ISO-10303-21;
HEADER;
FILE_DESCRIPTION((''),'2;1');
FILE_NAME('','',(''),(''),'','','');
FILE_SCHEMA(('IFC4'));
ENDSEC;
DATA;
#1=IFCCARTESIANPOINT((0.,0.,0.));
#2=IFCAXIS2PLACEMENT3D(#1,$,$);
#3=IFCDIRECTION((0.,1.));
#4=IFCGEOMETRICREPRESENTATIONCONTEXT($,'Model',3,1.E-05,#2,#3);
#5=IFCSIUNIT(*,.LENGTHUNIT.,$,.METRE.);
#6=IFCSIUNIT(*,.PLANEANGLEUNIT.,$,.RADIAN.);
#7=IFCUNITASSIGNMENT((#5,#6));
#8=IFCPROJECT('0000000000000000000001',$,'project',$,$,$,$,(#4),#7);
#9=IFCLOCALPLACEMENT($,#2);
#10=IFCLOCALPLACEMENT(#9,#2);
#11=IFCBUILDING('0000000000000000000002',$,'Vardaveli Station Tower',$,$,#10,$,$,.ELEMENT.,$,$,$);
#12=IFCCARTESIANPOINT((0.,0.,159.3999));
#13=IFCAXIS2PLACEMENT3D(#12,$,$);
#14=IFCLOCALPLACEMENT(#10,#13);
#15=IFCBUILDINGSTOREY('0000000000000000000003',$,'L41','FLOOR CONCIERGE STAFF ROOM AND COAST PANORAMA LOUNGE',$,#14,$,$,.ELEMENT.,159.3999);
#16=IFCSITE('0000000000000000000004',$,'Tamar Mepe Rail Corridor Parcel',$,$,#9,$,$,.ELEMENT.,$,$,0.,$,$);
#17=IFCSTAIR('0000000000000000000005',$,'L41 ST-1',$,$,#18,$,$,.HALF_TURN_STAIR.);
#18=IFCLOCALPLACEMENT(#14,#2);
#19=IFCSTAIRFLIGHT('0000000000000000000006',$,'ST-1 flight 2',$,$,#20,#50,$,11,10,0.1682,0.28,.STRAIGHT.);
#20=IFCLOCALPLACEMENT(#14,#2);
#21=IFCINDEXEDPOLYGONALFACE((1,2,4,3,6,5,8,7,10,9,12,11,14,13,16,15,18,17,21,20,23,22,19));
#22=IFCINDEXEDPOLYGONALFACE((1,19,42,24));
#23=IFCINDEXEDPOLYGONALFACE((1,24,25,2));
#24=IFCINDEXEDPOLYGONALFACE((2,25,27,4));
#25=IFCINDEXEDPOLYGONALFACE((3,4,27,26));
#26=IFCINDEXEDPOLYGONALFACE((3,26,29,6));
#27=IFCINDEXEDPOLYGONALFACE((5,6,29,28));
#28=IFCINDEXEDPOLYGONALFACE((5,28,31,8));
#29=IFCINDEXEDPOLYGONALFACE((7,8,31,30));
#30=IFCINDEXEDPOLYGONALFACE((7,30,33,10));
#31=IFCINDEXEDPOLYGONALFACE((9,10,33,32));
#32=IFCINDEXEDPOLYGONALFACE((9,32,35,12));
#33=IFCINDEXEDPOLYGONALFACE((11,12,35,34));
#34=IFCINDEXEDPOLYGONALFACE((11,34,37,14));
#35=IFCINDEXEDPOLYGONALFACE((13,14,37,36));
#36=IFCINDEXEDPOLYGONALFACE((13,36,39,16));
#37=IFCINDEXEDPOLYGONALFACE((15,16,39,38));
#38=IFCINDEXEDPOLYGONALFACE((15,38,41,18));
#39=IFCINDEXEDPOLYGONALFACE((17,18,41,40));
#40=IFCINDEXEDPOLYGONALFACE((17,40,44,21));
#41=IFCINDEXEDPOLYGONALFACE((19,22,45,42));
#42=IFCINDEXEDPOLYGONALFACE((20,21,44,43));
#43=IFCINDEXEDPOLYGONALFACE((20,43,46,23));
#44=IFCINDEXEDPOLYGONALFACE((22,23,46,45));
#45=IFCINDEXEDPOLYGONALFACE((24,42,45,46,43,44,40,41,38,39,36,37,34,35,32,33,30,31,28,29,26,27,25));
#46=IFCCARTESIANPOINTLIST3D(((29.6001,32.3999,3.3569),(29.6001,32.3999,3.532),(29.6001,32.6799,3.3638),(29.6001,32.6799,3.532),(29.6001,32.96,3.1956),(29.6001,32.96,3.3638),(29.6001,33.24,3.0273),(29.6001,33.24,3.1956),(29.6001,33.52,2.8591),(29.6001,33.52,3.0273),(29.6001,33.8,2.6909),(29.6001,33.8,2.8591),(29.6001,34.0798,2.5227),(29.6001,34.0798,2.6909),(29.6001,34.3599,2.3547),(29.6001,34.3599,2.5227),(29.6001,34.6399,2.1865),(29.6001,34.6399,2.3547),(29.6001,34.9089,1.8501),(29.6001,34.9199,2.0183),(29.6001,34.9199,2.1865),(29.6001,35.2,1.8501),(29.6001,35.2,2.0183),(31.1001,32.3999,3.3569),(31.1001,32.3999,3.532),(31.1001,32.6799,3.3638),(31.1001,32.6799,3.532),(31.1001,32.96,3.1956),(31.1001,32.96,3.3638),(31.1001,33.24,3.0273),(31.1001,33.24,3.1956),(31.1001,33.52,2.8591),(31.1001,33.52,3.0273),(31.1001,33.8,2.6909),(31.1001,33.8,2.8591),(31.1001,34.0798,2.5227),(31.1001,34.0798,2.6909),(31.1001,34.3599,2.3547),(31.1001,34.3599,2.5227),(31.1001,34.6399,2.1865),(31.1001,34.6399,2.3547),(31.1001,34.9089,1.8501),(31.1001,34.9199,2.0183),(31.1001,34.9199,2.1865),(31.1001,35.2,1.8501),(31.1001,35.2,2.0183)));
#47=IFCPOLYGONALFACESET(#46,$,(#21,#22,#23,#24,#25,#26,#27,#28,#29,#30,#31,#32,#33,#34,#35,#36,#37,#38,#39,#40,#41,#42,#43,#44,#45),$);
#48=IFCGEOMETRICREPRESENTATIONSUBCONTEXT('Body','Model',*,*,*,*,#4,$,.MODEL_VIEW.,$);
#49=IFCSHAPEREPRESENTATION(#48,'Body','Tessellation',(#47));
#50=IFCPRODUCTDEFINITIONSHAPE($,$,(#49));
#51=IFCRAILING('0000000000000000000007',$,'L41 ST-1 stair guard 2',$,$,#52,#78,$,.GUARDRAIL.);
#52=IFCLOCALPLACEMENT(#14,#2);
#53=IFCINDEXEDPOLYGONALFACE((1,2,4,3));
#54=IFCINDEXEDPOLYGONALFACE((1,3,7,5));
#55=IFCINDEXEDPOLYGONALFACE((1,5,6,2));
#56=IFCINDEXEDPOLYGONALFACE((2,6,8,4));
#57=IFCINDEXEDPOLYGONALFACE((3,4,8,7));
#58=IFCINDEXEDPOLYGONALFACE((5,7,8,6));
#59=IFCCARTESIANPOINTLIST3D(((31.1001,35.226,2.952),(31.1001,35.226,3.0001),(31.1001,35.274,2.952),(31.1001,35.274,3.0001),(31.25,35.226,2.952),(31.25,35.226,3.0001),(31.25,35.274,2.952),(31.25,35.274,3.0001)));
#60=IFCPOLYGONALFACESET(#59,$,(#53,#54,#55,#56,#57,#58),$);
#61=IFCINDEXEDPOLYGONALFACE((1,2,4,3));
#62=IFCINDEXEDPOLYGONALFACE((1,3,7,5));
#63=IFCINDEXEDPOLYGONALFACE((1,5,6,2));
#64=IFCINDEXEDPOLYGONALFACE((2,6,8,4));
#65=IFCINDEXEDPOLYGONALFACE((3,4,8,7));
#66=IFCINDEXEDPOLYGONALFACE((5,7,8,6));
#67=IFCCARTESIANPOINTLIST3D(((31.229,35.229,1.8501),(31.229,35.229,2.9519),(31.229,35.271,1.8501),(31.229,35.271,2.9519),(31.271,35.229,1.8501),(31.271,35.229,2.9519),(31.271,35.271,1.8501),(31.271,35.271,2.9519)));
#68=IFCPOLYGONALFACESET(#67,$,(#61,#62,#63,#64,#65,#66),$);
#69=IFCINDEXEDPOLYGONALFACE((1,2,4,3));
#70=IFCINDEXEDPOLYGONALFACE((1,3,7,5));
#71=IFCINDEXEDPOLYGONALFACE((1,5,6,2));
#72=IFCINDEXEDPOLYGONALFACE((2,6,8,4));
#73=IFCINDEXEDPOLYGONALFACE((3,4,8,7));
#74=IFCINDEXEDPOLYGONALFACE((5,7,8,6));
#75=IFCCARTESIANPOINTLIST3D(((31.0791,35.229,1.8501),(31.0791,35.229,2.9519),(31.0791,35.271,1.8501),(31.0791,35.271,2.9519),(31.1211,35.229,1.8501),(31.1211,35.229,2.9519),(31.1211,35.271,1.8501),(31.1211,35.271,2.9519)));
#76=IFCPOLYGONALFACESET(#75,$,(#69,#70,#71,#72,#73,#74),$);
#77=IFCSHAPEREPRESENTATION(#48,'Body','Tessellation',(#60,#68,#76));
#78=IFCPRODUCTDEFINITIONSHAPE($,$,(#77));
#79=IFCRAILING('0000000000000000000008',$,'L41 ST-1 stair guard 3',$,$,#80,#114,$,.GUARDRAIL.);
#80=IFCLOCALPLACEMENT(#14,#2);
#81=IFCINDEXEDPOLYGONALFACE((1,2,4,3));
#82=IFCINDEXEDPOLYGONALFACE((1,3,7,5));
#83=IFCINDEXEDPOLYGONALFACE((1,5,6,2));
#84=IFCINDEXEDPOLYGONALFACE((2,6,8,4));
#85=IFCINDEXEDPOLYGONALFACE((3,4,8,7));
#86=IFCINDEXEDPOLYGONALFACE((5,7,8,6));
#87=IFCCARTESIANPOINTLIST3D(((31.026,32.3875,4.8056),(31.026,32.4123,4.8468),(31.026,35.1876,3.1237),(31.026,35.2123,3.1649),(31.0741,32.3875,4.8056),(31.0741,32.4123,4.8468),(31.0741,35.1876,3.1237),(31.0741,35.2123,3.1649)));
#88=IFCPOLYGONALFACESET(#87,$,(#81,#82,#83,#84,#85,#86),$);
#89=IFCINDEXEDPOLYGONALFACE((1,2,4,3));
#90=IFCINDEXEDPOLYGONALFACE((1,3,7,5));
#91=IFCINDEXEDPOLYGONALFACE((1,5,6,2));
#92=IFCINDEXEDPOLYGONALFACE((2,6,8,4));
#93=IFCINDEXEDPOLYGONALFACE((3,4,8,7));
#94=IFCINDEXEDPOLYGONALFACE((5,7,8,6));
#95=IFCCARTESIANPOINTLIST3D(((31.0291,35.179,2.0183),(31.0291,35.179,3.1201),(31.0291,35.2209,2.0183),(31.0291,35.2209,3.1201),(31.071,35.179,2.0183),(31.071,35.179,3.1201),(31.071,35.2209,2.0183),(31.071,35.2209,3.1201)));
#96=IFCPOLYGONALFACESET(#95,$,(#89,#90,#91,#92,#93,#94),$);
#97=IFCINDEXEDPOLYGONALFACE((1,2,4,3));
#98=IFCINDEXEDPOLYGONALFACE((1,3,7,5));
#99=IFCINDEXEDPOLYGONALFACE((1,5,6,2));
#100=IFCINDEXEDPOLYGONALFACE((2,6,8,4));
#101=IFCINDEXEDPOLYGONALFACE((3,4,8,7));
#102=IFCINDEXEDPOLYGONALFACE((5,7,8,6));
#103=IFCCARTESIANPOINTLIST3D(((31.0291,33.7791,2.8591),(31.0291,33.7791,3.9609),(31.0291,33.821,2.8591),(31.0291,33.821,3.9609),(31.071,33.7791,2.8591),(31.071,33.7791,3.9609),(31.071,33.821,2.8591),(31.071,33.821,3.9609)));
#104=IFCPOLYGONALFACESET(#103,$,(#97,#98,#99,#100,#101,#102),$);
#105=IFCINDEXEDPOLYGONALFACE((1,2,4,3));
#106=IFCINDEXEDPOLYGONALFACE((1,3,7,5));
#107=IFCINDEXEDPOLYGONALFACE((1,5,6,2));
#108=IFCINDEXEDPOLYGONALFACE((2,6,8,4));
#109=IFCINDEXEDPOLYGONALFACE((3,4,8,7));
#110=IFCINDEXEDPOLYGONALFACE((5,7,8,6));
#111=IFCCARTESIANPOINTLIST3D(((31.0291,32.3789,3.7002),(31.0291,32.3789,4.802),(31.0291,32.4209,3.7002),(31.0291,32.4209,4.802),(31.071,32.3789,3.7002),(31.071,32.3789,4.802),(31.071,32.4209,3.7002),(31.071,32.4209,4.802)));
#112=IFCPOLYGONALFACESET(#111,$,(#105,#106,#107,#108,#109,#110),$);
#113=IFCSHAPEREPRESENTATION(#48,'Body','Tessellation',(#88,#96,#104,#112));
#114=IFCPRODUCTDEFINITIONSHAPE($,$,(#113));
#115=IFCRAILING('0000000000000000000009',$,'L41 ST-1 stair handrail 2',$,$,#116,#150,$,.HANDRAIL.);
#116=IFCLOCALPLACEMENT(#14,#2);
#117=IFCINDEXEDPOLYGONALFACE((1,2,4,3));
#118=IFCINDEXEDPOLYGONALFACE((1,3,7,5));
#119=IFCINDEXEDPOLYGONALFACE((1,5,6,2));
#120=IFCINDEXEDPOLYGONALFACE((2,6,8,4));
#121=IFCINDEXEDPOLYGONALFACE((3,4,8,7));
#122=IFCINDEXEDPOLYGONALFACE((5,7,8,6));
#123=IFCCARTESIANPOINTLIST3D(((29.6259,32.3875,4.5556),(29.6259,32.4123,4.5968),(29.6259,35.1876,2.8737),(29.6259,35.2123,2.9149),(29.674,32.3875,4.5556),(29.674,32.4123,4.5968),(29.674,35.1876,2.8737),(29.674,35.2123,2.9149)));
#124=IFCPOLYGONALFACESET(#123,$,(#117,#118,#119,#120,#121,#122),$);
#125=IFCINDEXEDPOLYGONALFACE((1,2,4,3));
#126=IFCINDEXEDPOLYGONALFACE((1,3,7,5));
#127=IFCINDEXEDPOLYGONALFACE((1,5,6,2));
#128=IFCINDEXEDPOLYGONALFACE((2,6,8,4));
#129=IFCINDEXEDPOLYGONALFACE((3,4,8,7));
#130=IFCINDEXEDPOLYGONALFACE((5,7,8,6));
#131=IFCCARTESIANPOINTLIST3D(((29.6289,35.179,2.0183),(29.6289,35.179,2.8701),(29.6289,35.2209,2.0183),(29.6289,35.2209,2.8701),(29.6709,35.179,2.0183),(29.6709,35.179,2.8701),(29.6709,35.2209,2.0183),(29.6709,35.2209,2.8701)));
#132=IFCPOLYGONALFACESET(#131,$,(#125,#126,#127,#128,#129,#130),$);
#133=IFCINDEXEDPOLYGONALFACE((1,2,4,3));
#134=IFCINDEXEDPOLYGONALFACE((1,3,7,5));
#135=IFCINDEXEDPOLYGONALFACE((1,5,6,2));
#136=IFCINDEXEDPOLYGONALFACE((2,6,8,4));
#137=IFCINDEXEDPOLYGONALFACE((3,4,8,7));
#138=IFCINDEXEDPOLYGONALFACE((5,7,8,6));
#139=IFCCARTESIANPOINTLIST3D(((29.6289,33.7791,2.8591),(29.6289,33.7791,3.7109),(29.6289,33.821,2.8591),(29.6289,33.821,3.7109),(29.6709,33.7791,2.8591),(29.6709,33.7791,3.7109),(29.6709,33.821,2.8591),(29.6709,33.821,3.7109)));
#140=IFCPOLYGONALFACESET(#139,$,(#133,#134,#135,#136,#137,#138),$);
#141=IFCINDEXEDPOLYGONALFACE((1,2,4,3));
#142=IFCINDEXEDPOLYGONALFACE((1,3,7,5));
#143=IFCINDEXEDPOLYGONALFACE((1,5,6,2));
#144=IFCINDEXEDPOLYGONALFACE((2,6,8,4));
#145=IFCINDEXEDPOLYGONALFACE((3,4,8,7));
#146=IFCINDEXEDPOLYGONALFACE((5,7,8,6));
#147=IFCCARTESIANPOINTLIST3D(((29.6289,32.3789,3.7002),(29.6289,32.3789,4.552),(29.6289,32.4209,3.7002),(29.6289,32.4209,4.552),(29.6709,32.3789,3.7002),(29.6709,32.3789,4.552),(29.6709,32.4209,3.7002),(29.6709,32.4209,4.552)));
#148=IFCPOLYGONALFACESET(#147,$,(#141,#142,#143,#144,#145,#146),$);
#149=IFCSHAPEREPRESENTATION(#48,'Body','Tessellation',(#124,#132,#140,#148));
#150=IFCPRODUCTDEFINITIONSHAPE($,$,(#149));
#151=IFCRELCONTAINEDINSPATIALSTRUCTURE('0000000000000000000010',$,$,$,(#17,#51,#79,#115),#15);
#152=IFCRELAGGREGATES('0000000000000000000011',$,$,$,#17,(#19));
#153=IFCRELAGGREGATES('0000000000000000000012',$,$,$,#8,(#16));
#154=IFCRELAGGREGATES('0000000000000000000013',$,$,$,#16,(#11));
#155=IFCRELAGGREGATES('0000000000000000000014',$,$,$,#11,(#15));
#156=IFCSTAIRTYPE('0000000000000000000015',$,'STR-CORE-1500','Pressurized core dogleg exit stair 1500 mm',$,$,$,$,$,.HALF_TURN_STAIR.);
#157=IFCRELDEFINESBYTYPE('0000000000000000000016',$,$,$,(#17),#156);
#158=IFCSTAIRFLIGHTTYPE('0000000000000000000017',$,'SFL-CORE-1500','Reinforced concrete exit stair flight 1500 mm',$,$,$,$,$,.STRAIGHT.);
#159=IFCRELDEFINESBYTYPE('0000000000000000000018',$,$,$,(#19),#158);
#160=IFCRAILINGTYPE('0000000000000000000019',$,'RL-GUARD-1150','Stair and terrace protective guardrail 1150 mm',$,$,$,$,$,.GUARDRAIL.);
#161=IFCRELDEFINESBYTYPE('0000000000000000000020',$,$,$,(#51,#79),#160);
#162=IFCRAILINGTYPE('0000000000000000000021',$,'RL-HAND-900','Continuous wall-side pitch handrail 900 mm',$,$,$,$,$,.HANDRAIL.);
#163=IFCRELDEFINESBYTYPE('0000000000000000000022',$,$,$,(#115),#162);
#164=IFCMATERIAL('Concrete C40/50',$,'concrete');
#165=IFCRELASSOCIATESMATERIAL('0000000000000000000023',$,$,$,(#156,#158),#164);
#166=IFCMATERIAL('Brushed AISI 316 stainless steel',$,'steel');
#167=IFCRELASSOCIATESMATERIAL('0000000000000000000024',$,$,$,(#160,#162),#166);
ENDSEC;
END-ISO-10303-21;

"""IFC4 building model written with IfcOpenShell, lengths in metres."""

from ifc_helpers import new_model, si_unit, direction, frame, origin, origin_2d, place, context, subcontext, project, spatial, polyline, rectangle, outline, extrude, source, transform, mapped, material, type_object, element, aggregate, save


model = new_model("IFC4")

# Units and contexts
model_context = context("Model", 3, precision=1e-05, world=origin(), true_north=direction((0.0, 1.0)))
body_context = subcontext(model_context, "Body", "Model", "MODEL_VIEW")
ifc_project = project(units=[si_unit("LENGTHUNIT", "METRE"), si_unit("PLANEANGLEUNIT", "RADIAN")], contexts=[model_context])

# Site, building, storey
site_placement = place(None, origin())
site = spatial("IfcSite", under=ifc_project, at=site_placement, Name="Tamar Mepe Rail Corridor Parcel", CompositionType="ELEMENT", RefElevation=0.0)
building_placement = place(site_placement, origin())
building = spatial("IfcBuilding", under=site, at=building_placement, Name="Vardaveli Station Tower", CompositionType="ELEMENT")
storey_placement = place(building_placement, frame((0.0, 0.0, 159.3999)))
storey = spatial("IfcBuildingStorey", under=building, at=storey_placement, Name="L41", Description="FLOOR CONCIERGE STAFF ROOM AND COAST PANORAMA LOUNGE", CompositionType="ELEMENT", Elevation=159.3999)

# Shared definitions
ifc_material_1 = material(Name="Concrete C40/50", Category="concrete")

# Stair, stair flight
stair_type = type_object("IfcStairType", Name="STR-CORE-1500", Description="Pressurized core dogleg exit stair 1500 mm", PredefinedType="HALF_TURN_STAIR", material=ifc_material_1)
stair_placement = place(storey_placement, origin())
stair = element("IfcStair", 1, at=stair_placement, inside=storey, type_object=stair_type, Name="L41 ST-1", PredefinedType="HALF_TURN_STAIR")
stair_flight_type = type_object("IfcStairFlightType", Name="SFL-CORE-1500", Description="Reinforced concrete exit stair flight 1500 mm", PredefinedType="STRAIGHT", material=ifc_material_1)
shared_shape_1 = source(origin(), body_context, "Body", "SweptSolid", [
    extrude(outline(polyline([(0.0, 0.0), (0.0, 0.1682), (0.28, 0.1682), (0.28, 0.3364), (0.5601, 0.3364), (0.5601, 0.5046), (0.8401, 0.5046), (0.8401, 0.6726), (1.1201, 0.6726), (1.1201, 0.8408), (1.3999, 0.8408), (1.3999, 1.009), (1.6799, 1.009), (1.6799, 1.1772), (1.96, 1.1772), (1.96, 1.3455), (2.24, 1.3455), (2.24, 1.5137), (2.52, 1.5137), (2.52, 1.6819), (2.8, 1.6819), (2.8, 1.8501), (2.8, 1.5068), (0.291, 0.0), (0.0, 0.0)])), frame((0.0, 0.75, 0.0), z_axis=(0.0, -1.0, 0.0), x_axis=(1.0, 0.0, 0.0)), (0.0, 0.0, 1.0), 1.5),
])
stair_flight_placement = place(storey_placement, frame((30.3501, 35.2, 1.8501), z_axis=(0.0, 0.0, 1.0), x_axis=(0.0, -1.0, 0.0)))
stair_flight = element("IfcStairFlight", 2, at=stair_flight_placement, type_object=stair_flight_type, Name="ST-1 flight 2", NumberOfRisers=11, NumberOfTreads=10, PredefinedType="STRAIGHT", RiserHeight=0.1682, TreadLength=0.28, context=body_context, shape_type="MappedRepresentation", body=[
    mapped(shared_shape_1, transform((0.0, 0.0, 0.0), scale=1.0)),
])
aggregate(stair, [stair_flight])

# Railings
ifc_material_2 = material(Name="Brushed AISI 316 stainless steel", Category="steel")
railing_type_1 = type_object("IfcRailingType", Name="RL-GUARD-1150", Description="Stair and terrace protective guardrail 1150 mm", PredefinedType="GUARDRAIL", material=ifc_material_2)
shared_shape_2 = source(origin(), body_context, "Body", "SweptSolid", [
    extrude(rectangle(XDim=0.0481, YDim=0.0481, at=origin_2d()), frame((0.0, 0.0, 1.126), z_axis=(-1.0, 0.0, 0.0), x_axis=(0.0, -1.0, 0.0)), (0.0, 0.0, 1.0), 0.1499),
    extrude(rectangle(XDim=0.042, YDim=0.042, at=origin_2d()), origin(), (0.0, 0.0, 1.0), 1.1018),
    extrude(rectangle(XDim=0.042, YDim=0.042, at=origin_2d()), frame((-0.1499, 0.0, 0.0)), (0.0, 0.0, 1.0), 1.1018),
])
railing_1_placement = place(storey_placement, frame((31.25, 35.25, 1.8501)))
element("IfcRailing", 3, at=railing_1_placement, inside=storey, type_object=railing_type_1, Name="L41 ST-1 stair guard 2", PredefinedType="GUARDRAIL", context=body_context, shape_type="MappedRepresentation", body=[
    mapped(shared_shape_2, transform((0.0, 0.0, 0.0), scale=1.0)),
])
shared_shape_3 = source(origin(), body_context, "Body", "SweptSolid", [
    extrude(rectangle(XDim=0.0481, YDim=0.0481, at=origin_2d()), frame((0.0, 0.0, 1.126), z_axis=(0.0, -0.857242, 0.514913), x_axis=(1.0, 0.0, 0.0)), (0.0, 0.0, 1.0), 3.2664),
    extrude(rectangle(XDim=0.042, YDim=0.042, at=origin_2d()), origin(), (0.0, 0.0, 1.0), 1.1018),
    extrude(rectangle(XDim=0.042, YDim=0.042, at=origin_2d()), frame((0.0, -1.3999, 0.8408)), (0.0, 0.0, 1.0), 1.1018),
    extrude(rectangle(XDim=0.042, YDim=0.042, at=origin_2d()), frame((0.0, -2.8, 1.6819)), (0.0, 0.0, 1.0), 1.1018),
])
railing_2_placement = place(storey_placement, frame((31.05, 35.2, 2.0183)))
element("IfcRailing", 4, at=railing_2_placement, inside=storey, type_object=railing_type_1, Name="L41 ST-1 stair guard 3", PredefinedType="GUARDRAIL", context=body_context, shape_type="MappedRepresentation", body=[
    mapped(shared_shape_3, transform((0.0, 0.0, 0.0), scale=1.0)),
])
railing_type_2 = type_object("IfcRailingType", Name="RL-HAND-900", Description="Continuous wall-side pitch handrail 900 mm", PredefinedType="HANDRAIL", material=ifc_material_2)
shared_shape_4 = source(origin(), body_context, "Body", "SweptSolid", [
    extrude(rectangle(XDim=0.0481, YDim=0.0481, at=origin_2d()), frame((0.0, 0.0, 0.876), z_axis=(0.0, -0.857242, 0.514913), x_axis=(1.0, 0.0, 0.0)), (0.0, 0.0, 1.0), 3.2664),
    extrude(rectangle(XDim=0.042, YDim=0.042, at=origin_2d()), origin(), (0.0, 0.0, 1.0), 0.8518),
    extrude(rectangle(XDim=0.042, YDim=0.042, at=origin_2d()), frame((0.0, -1.3999, 0.8408)), (0.0, 0.0, 1.0), 0.8518),
    extrude(rectangle(XDim=0.042, YDim=0.042, at=origin_2d()), frame((0.0, -2.8, 1.6819)), (0.0, 0.0, 1.0), 0.8518),
])
railing_3_placement = place(storey_placement, frame((29.6499, 35.2, 2.0183)))
element("IfcRailing", 5, at=railing_3_placement, inside=storey, type_object=railing_type_2, Name="L41 ST-1 stair handrail 2", PredefinedType="HANDRAIL", context=body_context, shape_type="MappedRepresentation", body=[
    mapped(shared_shape_4, transform((0.0, 0.0, 0.0), scale=1.0)),
])

save(model, "model.ifc")
